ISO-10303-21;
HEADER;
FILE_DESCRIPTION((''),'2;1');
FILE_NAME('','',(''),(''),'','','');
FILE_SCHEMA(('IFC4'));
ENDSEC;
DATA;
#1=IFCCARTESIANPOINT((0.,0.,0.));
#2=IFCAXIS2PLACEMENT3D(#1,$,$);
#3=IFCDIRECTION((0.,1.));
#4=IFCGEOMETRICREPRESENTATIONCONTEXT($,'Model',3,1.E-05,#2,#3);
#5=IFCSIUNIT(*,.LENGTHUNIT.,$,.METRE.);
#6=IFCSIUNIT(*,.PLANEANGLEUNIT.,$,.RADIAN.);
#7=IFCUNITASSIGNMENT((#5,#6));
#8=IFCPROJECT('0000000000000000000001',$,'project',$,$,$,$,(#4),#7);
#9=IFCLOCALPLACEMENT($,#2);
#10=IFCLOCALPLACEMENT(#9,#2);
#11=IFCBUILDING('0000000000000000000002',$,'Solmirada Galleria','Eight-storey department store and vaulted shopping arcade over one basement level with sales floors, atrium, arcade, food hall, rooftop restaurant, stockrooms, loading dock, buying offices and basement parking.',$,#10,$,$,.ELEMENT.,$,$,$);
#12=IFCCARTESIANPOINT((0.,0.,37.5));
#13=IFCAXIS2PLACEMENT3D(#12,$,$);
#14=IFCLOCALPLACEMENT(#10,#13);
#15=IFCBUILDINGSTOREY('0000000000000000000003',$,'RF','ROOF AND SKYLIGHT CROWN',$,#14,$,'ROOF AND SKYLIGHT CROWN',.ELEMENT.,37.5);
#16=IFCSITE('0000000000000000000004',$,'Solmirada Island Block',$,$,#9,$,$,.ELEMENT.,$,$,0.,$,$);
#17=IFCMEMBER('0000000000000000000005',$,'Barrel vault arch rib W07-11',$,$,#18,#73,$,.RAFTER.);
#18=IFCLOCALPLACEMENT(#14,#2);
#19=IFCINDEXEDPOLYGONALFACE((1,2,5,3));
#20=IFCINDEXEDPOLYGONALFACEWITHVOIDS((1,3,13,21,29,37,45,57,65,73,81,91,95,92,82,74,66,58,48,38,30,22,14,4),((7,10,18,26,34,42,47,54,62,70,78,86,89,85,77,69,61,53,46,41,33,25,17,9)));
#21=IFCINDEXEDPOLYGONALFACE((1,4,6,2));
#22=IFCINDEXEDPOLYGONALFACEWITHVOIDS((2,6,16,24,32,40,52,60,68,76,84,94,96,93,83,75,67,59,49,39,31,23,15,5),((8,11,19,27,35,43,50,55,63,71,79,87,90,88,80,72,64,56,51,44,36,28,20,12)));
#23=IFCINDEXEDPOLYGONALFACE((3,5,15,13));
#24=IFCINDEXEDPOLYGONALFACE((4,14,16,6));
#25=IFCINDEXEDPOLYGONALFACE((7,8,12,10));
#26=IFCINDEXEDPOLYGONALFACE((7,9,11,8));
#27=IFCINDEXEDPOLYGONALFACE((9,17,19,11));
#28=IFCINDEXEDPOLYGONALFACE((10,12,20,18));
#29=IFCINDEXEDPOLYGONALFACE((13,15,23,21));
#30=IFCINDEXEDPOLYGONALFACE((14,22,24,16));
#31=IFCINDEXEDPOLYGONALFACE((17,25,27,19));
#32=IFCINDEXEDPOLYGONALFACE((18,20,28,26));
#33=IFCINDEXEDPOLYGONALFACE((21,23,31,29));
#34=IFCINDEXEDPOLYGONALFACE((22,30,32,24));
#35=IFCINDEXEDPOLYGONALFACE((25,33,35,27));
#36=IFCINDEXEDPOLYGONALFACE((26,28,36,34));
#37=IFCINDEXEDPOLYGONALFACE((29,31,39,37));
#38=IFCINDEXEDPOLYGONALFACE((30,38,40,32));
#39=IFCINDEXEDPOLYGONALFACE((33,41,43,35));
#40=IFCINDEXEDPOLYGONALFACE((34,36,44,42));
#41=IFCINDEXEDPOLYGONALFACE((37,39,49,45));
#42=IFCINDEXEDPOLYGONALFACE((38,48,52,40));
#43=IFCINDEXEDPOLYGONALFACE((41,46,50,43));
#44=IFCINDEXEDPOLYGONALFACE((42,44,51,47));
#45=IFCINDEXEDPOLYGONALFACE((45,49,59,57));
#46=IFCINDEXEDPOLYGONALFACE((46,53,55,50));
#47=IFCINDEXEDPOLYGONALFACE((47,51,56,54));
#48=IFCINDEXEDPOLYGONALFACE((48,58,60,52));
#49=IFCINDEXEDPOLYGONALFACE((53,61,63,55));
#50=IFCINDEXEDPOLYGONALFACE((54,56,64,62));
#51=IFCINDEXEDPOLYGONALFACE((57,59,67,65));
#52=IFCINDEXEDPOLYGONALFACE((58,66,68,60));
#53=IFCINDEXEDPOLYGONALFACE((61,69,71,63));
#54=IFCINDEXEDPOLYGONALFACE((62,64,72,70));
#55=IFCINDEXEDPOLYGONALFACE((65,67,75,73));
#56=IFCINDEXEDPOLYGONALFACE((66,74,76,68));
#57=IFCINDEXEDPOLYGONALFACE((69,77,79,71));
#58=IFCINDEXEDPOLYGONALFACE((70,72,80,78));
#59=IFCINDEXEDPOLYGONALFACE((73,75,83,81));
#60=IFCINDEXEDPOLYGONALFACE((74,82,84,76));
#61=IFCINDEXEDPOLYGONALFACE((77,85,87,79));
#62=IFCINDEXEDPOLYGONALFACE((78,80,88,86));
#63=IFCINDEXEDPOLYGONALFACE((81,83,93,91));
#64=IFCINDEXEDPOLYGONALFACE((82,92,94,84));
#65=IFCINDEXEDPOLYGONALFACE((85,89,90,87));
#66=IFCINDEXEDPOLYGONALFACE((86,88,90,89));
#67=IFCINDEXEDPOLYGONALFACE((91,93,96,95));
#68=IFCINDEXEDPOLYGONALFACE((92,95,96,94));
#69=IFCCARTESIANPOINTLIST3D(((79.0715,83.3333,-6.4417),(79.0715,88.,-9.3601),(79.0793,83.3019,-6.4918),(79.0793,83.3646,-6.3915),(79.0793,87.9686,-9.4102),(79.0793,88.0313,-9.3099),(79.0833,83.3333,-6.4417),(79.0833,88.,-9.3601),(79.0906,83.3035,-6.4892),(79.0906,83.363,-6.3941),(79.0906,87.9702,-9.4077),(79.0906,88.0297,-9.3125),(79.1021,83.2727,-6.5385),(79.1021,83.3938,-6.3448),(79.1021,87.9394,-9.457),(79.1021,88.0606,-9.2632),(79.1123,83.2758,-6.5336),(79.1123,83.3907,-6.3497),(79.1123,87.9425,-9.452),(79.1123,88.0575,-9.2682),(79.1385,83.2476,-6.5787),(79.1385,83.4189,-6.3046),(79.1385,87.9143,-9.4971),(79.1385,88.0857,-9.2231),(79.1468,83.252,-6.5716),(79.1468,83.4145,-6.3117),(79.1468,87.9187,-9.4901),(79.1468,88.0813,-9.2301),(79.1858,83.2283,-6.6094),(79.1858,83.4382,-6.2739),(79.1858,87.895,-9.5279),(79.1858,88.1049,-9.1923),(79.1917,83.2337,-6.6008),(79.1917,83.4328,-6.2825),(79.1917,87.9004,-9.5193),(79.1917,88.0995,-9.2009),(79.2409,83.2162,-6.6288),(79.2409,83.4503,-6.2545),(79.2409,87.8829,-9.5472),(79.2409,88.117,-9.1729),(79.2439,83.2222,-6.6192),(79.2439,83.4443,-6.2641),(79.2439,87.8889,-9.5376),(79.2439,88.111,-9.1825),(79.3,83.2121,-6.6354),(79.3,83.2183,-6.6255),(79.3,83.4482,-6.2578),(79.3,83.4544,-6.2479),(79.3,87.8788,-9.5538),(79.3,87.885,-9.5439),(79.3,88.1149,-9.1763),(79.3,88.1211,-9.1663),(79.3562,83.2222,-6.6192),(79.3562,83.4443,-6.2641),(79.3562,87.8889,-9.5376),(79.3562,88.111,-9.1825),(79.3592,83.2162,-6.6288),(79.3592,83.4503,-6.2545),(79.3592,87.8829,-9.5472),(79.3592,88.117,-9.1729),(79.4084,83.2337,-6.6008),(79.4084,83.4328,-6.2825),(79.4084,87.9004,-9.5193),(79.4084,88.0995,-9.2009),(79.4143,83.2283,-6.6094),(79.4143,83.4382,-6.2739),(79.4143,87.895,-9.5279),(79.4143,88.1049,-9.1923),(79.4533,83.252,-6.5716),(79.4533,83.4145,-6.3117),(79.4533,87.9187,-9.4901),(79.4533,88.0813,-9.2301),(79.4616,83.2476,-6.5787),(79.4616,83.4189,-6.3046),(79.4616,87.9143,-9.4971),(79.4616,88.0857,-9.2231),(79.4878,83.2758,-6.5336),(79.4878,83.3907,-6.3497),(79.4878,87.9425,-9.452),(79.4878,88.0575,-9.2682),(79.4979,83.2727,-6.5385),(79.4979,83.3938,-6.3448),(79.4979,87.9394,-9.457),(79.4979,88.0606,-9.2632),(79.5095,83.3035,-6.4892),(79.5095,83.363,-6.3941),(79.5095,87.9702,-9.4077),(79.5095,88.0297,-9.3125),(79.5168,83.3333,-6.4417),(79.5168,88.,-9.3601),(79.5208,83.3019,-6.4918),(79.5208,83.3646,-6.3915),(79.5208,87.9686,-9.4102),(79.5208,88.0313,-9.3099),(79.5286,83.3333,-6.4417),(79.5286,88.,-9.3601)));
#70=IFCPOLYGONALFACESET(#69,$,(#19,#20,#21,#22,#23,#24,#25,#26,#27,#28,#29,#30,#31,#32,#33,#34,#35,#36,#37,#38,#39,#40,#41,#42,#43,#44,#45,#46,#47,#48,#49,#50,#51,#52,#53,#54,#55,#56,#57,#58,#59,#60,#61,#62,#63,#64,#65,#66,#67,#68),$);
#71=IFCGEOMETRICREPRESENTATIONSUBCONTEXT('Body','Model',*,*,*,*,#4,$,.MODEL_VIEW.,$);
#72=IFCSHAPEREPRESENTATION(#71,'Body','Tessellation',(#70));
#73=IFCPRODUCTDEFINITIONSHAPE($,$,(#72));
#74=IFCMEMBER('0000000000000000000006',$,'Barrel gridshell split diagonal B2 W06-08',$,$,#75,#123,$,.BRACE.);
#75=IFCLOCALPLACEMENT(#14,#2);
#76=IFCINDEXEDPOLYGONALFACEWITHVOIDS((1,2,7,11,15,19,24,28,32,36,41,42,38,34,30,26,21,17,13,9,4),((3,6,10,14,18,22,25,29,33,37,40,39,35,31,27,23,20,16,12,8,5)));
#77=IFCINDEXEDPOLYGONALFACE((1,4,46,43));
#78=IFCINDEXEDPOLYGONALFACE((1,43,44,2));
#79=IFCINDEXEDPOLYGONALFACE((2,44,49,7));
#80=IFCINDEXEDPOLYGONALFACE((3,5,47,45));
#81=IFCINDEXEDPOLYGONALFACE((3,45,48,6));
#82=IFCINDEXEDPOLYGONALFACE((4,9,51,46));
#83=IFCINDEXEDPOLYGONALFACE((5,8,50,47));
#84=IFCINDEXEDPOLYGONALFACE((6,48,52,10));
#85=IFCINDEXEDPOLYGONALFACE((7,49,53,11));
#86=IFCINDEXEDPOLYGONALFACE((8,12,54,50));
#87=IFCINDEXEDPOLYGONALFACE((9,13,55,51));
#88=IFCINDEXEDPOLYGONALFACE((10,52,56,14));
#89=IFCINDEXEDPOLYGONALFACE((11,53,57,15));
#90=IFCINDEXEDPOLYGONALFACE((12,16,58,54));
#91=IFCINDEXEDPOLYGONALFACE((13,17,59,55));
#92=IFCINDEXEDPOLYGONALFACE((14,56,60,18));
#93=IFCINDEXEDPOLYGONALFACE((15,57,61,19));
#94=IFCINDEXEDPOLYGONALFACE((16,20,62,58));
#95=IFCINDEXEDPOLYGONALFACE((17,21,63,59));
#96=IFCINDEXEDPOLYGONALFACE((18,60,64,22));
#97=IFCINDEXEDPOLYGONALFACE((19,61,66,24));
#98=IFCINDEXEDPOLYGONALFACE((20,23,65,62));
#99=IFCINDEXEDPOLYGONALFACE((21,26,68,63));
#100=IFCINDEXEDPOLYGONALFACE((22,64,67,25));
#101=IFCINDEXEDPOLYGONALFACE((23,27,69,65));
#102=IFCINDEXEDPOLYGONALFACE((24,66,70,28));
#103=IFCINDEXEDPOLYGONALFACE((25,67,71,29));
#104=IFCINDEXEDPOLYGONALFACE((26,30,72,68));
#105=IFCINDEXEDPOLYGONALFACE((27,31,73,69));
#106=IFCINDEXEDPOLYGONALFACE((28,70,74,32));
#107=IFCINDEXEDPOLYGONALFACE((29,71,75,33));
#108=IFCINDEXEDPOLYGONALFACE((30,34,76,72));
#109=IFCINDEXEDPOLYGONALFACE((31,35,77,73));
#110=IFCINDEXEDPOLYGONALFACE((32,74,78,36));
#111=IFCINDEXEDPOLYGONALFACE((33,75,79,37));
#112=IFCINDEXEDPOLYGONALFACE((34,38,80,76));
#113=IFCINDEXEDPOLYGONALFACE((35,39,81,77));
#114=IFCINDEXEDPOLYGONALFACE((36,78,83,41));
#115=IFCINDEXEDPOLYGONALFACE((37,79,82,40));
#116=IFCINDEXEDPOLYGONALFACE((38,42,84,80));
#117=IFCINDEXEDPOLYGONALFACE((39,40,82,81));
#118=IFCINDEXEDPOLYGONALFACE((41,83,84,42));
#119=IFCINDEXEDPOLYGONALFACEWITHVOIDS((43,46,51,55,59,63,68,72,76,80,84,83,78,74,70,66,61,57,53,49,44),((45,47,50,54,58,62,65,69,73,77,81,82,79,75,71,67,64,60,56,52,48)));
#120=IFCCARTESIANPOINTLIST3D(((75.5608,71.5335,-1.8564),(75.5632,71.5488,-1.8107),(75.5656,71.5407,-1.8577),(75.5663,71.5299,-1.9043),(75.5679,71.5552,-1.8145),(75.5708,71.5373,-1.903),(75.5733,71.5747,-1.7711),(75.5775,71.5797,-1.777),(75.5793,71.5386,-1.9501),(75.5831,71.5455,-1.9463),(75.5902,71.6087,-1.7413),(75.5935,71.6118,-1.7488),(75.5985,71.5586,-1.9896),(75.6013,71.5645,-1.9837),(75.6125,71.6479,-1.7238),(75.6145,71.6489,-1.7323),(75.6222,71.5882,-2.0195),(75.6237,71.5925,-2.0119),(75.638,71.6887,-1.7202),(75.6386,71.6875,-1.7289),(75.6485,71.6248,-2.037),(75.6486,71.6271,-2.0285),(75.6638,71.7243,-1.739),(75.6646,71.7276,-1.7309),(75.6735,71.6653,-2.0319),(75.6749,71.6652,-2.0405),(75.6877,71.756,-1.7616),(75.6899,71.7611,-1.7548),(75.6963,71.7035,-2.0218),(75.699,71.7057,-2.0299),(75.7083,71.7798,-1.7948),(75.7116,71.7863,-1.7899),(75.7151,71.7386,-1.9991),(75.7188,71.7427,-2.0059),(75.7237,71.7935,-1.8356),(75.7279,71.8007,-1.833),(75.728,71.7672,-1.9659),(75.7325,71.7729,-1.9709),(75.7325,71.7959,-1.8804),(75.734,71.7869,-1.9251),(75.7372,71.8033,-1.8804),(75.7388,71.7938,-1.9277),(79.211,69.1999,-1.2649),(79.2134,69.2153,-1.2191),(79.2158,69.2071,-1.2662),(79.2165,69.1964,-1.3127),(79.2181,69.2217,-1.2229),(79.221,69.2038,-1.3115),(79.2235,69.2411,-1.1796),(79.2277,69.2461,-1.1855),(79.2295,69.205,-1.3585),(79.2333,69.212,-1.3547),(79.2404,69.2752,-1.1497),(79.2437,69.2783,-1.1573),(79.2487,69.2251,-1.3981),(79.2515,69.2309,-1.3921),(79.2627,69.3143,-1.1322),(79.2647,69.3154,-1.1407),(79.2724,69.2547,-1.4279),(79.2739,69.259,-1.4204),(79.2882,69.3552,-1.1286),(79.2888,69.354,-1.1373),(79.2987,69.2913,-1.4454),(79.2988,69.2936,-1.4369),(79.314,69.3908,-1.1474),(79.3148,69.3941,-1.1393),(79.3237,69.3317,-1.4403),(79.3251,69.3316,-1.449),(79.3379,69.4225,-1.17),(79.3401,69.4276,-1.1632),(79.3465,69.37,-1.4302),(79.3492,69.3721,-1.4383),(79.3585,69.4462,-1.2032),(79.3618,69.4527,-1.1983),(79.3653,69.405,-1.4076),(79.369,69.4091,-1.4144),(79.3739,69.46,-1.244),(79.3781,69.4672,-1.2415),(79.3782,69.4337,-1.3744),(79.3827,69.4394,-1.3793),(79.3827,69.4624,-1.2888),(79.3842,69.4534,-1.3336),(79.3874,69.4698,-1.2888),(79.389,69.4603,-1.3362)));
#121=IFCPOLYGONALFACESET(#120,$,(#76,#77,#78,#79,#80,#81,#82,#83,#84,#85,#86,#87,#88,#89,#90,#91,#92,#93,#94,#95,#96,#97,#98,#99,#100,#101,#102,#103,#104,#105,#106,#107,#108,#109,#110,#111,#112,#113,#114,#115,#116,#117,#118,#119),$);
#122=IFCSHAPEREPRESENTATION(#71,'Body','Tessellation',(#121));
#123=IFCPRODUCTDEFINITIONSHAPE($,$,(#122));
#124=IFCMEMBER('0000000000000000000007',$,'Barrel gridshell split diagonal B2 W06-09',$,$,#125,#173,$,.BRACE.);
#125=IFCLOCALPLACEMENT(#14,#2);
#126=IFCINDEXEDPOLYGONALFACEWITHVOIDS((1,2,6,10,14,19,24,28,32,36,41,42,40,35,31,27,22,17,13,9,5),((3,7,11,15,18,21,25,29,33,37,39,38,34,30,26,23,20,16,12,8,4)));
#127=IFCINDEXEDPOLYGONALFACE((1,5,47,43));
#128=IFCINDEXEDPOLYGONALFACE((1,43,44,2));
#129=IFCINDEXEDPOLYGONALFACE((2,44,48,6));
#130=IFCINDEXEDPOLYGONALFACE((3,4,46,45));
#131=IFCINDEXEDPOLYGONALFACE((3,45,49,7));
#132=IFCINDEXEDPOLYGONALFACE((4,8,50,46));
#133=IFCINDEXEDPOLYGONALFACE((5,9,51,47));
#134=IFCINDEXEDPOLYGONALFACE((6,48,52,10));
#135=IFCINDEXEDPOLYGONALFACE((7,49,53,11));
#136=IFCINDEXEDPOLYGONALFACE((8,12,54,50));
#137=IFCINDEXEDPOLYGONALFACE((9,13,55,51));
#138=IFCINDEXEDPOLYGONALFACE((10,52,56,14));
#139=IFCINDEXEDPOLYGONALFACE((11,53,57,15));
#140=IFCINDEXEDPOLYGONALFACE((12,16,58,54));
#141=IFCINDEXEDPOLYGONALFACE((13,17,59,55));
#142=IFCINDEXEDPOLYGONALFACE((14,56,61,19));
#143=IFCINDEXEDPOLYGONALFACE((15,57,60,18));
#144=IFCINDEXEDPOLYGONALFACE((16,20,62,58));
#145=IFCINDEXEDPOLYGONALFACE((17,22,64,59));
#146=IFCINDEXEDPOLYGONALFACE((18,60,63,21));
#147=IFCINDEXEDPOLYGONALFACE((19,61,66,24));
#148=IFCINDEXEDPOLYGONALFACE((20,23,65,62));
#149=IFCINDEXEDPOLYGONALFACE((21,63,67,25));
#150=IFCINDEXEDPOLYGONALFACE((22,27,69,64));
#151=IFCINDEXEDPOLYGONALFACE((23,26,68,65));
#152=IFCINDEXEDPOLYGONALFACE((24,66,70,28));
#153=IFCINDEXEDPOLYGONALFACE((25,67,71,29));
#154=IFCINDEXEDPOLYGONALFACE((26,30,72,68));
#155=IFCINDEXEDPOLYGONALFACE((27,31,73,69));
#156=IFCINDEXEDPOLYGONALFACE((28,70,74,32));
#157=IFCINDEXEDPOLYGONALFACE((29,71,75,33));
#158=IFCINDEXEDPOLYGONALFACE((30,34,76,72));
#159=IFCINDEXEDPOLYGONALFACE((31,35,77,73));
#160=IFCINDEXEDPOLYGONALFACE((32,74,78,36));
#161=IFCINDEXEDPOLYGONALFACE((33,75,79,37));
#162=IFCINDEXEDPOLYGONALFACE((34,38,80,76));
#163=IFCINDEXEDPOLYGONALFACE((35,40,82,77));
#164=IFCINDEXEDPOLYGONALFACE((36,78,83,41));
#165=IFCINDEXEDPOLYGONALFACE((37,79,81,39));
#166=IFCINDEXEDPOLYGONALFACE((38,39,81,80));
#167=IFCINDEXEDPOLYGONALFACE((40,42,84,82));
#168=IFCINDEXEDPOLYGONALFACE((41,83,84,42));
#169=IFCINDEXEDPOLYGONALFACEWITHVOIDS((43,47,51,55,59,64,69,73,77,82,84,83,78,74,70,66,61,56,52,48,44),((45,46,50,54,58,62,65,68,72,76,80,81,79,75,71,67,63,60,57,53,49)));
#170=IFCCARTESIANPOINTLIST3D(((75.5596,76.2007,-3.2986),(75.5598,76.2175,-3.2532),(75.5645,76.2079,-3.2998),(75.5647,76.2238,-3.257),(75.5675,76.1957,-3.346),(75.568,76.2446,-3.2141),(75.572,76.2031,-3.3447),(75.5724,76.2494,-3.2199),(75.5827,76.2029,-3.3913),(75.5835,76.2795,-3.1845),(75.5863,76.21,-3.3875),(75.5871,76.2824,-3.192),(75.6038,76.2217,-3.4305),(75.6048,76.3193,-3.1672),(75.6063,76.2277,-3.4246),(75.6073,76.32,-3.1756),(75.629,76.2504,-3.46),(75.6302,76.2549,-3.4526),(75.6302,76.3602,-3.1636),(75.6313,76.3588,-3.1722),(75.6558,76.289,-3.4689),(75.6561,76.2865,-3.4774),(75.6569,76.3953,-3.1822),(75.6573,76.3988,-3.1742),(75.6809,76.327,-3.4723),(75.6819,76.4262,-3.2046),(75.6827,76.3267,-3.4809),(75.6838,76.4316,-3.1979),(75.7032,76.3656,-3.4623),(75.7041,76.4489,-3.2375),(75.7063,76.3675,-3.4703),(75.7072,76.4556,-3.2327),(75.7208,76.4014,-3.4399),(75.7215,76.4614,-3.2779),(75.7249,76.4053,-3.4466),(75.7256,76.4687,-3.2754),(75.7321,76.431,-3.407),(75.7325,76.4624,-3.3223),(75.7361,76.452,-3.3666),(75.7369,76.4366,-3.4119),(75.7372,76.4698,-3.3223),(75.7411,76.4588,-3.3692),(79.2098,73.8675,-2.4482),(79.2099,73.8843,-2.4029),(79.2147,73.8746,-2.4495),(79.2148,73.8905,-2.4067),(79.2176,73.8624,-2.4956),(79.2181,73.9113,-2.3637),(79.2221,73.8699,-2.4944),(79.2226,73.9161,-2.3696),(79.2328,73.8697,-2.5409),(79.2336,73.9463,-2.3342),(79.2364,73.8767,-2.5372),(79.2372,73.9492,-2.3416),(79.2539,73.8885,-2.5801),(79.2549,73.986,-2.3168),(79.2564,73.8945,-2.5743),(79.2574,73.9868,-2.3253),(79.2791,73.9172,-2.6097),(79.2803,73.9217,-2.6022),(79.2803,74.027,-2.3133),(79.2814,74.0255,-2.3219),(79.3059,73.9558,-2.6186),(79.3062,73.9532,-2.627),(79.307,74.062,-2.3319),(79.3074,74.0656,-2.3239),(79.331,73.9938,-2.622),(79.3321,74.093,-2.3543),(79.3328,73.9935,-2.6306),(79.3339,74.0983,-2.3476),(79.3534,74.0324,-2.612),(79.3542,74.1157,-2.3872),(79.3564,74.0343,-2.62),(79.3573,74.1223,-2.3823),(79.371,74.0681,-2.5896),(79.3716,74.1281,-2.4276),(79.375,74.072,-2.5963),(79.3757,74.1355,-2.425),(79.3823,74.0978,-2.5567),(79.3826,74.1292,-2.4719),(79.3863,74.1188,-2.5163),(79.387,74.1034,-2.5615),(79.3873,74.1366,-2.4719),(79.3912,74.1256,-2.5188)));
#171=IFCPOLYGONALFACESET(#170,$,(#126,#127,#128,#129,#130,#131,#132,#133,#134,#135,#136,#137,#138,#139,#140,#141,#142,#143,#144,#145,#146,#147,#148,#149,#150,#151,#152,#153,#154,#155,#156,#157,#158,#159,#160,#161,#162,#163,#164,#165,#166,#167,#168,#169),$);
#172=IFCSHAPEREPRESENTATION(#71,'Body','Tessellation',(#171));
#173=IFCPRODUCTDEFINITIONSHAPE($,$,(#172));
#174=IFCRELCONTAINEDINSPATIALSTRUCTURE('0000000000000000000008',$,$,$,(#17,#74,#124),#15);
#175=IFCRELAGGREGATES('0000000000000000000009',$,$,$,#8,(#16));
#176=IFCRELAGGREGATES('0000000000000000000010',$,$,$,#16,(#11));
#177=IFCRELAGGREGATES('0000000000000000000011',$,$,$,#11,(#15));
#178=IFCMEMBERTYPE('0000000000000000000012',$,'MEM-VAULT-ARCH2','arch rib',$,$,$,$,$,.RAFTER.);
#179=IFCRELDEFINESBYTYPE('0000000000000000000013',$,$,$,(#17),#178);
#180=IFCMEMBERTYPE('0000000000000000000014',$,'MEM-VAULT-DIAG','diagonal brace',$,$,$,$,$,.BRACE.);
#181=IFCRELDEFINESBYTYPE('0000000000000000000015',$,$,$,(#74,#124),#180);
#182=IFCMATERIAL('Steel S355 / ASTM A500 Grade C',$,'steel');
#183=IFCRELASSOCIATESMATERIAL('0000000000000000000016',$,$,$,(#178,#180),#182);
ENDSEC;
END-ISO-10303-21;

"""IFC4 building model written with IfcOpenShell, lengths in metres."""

from ifc_helpers import new_model, si_unit, direction, frame, origin, origin_2d, place, context, subcontext, project, spatial, hollow_circle, extrude, material, material_profile, profile_set, type_object, element, save


model = new_model("IFC4")

# Units and contexts
model_context = context("Model", 3, precision=1e-05, world=origin(), true_north=direction((0.0, 1.0)))
body_context = subcontext(model_context, "Body", "Model", "MODEL_VIEW")
ifc_project = project(units=[si_unit("LENGTHUNIT", "METRE"), si_unit("PLANEANGLEUNIT", "RADIAN")], contexts=[model_context])

# Site, building, storey
site_placement = place(None, origin())
site = spatial("IfcSite", under=ifc_project, at=site_placement, Name="Solmirada Island Block", CompositionType="ELEMENT", RefElevation=0.0)
building_placement = place(site_placement, origin())
building = spatial("IfcBuilding", under=site, at=building_placement, Name="Solmirada Galleria", Description="Eight-storey department store and vaulted shopping arcade over one basement level with sales floors, atrium, arcade, food hall, rooftop restaurant, stockrooms, loading dock, buying offices and basement parking.", CompositionType="ELEMENT")
storey_placement = place(building_placement, frame((0.0, 0.0, 37.5)))
storey = spatial("IfcBuildingStorey", under=building, at=storey_placement, Name="RF", Description="ROOF AND SKYLIGHT CROWN", LongName="ROOF AND SKYLIGHT CROWN", CompositionType="ELEMENT", Elevation=37.5)

# Members
ifc_material_1 = material(Name="Steel S355 / ASTM A500 Grade C", Category="steel")
ifc_material_profile_1 = material_profile(ifc_material_1, hollow_circle(Radius=0.2285, WallThickness=0.0117, at=origin_2d()), Name="HSS18.000X0.500")
ifc_profile_set_1 = profile_set([ifc_material_profile_1], Name="Steel S355 / ASTM A500 Grade C")
member_type_1 = type_object("IfcMemberType", Name="MEM-VAULT-ARCH2", Description="arch rib", PredefinedType="RAFTER", material=ifc_profile_set_1)
member_1_placement = place(storey_placement, frame((79.3, 83.3333, -6.4417), z_axis=(0.0, 0.847856, -0.530226), x_axis=(-1.0, 0.0, 0.0)))
element("IfcMember", 1, at=member_1_placement, inside=storey, type_object=member_type_1, Name="Barrel vault arch rib W07-11", PredefinedType="RAFTER", context=body_context, shape_type="SweptSolid", body=[
    extrude(hollow_circle(Radius=0.2285, WallThickness=0.0117, at=origin_2d()), origin(), (0.0, 0.0, 1.0), 5.5042),
])
ifc_material_profile_2 = material_profile(ifc_material_1, hollow_circle(Radius=0.1621, WallThickness=0.0088, at=origin_2d()), Name="HSS12.750X0.375")
ifc_profile_set_2 = profile_set([ifc_material_profile_2], Name="Steel S355 / ASTM A500 Grade C")
member_type_2 = type_object("IfcMemberType", Name="MEM-VAULT-DIAG", Description="diagonal brace", PredefinedType="BRACE", material=ifc_profile_set_2)
member_2_placement = place(storey_placement, frame((75.6499, 71.6667, -1.8804), z_axis=(0.834797, -0.533676, 0.13529), x_axis=(0.538628, 0.842544, 0.0)))
element("IfcMember", 2, at=member_2_placement, inside=storey, type_object=member_type_2, Name="Barrel gridshell split diagonal B2 W06-08", PredefinedType="BRACE", context=body_context, shape_type="SweptSolid", body=[
    extrude(hollow_circle(Radius=0.1621, WallThickness=0.0088, at=origin_2d()), origin(), (0.0, 0.0, 1.0), 4.3726),
])
member_3_placement = place(storey_placement, frame((75.6499, 76.3333, -3.3223), z_axis=(0.826792, -0.528503, 0.19261), x_axis=(0.538588, 0.842569, 0.0)))
element("IfcMember", 3, at=member_3_placement, inside=storey, type_object=member_type_2, Name="Barrel gridshell split diagonal B2 W06-09", PredefinedType="BRACE", context=body_context, shape_type="SweptSolid", body=[
    extrude(hollow_circle(Radius=0.1621, WallThickness=0.0088, at=origin_2d()), origin(), (0.0, 0.0, 1.0), 4.4148),
])

save(model, "model.ifc")
